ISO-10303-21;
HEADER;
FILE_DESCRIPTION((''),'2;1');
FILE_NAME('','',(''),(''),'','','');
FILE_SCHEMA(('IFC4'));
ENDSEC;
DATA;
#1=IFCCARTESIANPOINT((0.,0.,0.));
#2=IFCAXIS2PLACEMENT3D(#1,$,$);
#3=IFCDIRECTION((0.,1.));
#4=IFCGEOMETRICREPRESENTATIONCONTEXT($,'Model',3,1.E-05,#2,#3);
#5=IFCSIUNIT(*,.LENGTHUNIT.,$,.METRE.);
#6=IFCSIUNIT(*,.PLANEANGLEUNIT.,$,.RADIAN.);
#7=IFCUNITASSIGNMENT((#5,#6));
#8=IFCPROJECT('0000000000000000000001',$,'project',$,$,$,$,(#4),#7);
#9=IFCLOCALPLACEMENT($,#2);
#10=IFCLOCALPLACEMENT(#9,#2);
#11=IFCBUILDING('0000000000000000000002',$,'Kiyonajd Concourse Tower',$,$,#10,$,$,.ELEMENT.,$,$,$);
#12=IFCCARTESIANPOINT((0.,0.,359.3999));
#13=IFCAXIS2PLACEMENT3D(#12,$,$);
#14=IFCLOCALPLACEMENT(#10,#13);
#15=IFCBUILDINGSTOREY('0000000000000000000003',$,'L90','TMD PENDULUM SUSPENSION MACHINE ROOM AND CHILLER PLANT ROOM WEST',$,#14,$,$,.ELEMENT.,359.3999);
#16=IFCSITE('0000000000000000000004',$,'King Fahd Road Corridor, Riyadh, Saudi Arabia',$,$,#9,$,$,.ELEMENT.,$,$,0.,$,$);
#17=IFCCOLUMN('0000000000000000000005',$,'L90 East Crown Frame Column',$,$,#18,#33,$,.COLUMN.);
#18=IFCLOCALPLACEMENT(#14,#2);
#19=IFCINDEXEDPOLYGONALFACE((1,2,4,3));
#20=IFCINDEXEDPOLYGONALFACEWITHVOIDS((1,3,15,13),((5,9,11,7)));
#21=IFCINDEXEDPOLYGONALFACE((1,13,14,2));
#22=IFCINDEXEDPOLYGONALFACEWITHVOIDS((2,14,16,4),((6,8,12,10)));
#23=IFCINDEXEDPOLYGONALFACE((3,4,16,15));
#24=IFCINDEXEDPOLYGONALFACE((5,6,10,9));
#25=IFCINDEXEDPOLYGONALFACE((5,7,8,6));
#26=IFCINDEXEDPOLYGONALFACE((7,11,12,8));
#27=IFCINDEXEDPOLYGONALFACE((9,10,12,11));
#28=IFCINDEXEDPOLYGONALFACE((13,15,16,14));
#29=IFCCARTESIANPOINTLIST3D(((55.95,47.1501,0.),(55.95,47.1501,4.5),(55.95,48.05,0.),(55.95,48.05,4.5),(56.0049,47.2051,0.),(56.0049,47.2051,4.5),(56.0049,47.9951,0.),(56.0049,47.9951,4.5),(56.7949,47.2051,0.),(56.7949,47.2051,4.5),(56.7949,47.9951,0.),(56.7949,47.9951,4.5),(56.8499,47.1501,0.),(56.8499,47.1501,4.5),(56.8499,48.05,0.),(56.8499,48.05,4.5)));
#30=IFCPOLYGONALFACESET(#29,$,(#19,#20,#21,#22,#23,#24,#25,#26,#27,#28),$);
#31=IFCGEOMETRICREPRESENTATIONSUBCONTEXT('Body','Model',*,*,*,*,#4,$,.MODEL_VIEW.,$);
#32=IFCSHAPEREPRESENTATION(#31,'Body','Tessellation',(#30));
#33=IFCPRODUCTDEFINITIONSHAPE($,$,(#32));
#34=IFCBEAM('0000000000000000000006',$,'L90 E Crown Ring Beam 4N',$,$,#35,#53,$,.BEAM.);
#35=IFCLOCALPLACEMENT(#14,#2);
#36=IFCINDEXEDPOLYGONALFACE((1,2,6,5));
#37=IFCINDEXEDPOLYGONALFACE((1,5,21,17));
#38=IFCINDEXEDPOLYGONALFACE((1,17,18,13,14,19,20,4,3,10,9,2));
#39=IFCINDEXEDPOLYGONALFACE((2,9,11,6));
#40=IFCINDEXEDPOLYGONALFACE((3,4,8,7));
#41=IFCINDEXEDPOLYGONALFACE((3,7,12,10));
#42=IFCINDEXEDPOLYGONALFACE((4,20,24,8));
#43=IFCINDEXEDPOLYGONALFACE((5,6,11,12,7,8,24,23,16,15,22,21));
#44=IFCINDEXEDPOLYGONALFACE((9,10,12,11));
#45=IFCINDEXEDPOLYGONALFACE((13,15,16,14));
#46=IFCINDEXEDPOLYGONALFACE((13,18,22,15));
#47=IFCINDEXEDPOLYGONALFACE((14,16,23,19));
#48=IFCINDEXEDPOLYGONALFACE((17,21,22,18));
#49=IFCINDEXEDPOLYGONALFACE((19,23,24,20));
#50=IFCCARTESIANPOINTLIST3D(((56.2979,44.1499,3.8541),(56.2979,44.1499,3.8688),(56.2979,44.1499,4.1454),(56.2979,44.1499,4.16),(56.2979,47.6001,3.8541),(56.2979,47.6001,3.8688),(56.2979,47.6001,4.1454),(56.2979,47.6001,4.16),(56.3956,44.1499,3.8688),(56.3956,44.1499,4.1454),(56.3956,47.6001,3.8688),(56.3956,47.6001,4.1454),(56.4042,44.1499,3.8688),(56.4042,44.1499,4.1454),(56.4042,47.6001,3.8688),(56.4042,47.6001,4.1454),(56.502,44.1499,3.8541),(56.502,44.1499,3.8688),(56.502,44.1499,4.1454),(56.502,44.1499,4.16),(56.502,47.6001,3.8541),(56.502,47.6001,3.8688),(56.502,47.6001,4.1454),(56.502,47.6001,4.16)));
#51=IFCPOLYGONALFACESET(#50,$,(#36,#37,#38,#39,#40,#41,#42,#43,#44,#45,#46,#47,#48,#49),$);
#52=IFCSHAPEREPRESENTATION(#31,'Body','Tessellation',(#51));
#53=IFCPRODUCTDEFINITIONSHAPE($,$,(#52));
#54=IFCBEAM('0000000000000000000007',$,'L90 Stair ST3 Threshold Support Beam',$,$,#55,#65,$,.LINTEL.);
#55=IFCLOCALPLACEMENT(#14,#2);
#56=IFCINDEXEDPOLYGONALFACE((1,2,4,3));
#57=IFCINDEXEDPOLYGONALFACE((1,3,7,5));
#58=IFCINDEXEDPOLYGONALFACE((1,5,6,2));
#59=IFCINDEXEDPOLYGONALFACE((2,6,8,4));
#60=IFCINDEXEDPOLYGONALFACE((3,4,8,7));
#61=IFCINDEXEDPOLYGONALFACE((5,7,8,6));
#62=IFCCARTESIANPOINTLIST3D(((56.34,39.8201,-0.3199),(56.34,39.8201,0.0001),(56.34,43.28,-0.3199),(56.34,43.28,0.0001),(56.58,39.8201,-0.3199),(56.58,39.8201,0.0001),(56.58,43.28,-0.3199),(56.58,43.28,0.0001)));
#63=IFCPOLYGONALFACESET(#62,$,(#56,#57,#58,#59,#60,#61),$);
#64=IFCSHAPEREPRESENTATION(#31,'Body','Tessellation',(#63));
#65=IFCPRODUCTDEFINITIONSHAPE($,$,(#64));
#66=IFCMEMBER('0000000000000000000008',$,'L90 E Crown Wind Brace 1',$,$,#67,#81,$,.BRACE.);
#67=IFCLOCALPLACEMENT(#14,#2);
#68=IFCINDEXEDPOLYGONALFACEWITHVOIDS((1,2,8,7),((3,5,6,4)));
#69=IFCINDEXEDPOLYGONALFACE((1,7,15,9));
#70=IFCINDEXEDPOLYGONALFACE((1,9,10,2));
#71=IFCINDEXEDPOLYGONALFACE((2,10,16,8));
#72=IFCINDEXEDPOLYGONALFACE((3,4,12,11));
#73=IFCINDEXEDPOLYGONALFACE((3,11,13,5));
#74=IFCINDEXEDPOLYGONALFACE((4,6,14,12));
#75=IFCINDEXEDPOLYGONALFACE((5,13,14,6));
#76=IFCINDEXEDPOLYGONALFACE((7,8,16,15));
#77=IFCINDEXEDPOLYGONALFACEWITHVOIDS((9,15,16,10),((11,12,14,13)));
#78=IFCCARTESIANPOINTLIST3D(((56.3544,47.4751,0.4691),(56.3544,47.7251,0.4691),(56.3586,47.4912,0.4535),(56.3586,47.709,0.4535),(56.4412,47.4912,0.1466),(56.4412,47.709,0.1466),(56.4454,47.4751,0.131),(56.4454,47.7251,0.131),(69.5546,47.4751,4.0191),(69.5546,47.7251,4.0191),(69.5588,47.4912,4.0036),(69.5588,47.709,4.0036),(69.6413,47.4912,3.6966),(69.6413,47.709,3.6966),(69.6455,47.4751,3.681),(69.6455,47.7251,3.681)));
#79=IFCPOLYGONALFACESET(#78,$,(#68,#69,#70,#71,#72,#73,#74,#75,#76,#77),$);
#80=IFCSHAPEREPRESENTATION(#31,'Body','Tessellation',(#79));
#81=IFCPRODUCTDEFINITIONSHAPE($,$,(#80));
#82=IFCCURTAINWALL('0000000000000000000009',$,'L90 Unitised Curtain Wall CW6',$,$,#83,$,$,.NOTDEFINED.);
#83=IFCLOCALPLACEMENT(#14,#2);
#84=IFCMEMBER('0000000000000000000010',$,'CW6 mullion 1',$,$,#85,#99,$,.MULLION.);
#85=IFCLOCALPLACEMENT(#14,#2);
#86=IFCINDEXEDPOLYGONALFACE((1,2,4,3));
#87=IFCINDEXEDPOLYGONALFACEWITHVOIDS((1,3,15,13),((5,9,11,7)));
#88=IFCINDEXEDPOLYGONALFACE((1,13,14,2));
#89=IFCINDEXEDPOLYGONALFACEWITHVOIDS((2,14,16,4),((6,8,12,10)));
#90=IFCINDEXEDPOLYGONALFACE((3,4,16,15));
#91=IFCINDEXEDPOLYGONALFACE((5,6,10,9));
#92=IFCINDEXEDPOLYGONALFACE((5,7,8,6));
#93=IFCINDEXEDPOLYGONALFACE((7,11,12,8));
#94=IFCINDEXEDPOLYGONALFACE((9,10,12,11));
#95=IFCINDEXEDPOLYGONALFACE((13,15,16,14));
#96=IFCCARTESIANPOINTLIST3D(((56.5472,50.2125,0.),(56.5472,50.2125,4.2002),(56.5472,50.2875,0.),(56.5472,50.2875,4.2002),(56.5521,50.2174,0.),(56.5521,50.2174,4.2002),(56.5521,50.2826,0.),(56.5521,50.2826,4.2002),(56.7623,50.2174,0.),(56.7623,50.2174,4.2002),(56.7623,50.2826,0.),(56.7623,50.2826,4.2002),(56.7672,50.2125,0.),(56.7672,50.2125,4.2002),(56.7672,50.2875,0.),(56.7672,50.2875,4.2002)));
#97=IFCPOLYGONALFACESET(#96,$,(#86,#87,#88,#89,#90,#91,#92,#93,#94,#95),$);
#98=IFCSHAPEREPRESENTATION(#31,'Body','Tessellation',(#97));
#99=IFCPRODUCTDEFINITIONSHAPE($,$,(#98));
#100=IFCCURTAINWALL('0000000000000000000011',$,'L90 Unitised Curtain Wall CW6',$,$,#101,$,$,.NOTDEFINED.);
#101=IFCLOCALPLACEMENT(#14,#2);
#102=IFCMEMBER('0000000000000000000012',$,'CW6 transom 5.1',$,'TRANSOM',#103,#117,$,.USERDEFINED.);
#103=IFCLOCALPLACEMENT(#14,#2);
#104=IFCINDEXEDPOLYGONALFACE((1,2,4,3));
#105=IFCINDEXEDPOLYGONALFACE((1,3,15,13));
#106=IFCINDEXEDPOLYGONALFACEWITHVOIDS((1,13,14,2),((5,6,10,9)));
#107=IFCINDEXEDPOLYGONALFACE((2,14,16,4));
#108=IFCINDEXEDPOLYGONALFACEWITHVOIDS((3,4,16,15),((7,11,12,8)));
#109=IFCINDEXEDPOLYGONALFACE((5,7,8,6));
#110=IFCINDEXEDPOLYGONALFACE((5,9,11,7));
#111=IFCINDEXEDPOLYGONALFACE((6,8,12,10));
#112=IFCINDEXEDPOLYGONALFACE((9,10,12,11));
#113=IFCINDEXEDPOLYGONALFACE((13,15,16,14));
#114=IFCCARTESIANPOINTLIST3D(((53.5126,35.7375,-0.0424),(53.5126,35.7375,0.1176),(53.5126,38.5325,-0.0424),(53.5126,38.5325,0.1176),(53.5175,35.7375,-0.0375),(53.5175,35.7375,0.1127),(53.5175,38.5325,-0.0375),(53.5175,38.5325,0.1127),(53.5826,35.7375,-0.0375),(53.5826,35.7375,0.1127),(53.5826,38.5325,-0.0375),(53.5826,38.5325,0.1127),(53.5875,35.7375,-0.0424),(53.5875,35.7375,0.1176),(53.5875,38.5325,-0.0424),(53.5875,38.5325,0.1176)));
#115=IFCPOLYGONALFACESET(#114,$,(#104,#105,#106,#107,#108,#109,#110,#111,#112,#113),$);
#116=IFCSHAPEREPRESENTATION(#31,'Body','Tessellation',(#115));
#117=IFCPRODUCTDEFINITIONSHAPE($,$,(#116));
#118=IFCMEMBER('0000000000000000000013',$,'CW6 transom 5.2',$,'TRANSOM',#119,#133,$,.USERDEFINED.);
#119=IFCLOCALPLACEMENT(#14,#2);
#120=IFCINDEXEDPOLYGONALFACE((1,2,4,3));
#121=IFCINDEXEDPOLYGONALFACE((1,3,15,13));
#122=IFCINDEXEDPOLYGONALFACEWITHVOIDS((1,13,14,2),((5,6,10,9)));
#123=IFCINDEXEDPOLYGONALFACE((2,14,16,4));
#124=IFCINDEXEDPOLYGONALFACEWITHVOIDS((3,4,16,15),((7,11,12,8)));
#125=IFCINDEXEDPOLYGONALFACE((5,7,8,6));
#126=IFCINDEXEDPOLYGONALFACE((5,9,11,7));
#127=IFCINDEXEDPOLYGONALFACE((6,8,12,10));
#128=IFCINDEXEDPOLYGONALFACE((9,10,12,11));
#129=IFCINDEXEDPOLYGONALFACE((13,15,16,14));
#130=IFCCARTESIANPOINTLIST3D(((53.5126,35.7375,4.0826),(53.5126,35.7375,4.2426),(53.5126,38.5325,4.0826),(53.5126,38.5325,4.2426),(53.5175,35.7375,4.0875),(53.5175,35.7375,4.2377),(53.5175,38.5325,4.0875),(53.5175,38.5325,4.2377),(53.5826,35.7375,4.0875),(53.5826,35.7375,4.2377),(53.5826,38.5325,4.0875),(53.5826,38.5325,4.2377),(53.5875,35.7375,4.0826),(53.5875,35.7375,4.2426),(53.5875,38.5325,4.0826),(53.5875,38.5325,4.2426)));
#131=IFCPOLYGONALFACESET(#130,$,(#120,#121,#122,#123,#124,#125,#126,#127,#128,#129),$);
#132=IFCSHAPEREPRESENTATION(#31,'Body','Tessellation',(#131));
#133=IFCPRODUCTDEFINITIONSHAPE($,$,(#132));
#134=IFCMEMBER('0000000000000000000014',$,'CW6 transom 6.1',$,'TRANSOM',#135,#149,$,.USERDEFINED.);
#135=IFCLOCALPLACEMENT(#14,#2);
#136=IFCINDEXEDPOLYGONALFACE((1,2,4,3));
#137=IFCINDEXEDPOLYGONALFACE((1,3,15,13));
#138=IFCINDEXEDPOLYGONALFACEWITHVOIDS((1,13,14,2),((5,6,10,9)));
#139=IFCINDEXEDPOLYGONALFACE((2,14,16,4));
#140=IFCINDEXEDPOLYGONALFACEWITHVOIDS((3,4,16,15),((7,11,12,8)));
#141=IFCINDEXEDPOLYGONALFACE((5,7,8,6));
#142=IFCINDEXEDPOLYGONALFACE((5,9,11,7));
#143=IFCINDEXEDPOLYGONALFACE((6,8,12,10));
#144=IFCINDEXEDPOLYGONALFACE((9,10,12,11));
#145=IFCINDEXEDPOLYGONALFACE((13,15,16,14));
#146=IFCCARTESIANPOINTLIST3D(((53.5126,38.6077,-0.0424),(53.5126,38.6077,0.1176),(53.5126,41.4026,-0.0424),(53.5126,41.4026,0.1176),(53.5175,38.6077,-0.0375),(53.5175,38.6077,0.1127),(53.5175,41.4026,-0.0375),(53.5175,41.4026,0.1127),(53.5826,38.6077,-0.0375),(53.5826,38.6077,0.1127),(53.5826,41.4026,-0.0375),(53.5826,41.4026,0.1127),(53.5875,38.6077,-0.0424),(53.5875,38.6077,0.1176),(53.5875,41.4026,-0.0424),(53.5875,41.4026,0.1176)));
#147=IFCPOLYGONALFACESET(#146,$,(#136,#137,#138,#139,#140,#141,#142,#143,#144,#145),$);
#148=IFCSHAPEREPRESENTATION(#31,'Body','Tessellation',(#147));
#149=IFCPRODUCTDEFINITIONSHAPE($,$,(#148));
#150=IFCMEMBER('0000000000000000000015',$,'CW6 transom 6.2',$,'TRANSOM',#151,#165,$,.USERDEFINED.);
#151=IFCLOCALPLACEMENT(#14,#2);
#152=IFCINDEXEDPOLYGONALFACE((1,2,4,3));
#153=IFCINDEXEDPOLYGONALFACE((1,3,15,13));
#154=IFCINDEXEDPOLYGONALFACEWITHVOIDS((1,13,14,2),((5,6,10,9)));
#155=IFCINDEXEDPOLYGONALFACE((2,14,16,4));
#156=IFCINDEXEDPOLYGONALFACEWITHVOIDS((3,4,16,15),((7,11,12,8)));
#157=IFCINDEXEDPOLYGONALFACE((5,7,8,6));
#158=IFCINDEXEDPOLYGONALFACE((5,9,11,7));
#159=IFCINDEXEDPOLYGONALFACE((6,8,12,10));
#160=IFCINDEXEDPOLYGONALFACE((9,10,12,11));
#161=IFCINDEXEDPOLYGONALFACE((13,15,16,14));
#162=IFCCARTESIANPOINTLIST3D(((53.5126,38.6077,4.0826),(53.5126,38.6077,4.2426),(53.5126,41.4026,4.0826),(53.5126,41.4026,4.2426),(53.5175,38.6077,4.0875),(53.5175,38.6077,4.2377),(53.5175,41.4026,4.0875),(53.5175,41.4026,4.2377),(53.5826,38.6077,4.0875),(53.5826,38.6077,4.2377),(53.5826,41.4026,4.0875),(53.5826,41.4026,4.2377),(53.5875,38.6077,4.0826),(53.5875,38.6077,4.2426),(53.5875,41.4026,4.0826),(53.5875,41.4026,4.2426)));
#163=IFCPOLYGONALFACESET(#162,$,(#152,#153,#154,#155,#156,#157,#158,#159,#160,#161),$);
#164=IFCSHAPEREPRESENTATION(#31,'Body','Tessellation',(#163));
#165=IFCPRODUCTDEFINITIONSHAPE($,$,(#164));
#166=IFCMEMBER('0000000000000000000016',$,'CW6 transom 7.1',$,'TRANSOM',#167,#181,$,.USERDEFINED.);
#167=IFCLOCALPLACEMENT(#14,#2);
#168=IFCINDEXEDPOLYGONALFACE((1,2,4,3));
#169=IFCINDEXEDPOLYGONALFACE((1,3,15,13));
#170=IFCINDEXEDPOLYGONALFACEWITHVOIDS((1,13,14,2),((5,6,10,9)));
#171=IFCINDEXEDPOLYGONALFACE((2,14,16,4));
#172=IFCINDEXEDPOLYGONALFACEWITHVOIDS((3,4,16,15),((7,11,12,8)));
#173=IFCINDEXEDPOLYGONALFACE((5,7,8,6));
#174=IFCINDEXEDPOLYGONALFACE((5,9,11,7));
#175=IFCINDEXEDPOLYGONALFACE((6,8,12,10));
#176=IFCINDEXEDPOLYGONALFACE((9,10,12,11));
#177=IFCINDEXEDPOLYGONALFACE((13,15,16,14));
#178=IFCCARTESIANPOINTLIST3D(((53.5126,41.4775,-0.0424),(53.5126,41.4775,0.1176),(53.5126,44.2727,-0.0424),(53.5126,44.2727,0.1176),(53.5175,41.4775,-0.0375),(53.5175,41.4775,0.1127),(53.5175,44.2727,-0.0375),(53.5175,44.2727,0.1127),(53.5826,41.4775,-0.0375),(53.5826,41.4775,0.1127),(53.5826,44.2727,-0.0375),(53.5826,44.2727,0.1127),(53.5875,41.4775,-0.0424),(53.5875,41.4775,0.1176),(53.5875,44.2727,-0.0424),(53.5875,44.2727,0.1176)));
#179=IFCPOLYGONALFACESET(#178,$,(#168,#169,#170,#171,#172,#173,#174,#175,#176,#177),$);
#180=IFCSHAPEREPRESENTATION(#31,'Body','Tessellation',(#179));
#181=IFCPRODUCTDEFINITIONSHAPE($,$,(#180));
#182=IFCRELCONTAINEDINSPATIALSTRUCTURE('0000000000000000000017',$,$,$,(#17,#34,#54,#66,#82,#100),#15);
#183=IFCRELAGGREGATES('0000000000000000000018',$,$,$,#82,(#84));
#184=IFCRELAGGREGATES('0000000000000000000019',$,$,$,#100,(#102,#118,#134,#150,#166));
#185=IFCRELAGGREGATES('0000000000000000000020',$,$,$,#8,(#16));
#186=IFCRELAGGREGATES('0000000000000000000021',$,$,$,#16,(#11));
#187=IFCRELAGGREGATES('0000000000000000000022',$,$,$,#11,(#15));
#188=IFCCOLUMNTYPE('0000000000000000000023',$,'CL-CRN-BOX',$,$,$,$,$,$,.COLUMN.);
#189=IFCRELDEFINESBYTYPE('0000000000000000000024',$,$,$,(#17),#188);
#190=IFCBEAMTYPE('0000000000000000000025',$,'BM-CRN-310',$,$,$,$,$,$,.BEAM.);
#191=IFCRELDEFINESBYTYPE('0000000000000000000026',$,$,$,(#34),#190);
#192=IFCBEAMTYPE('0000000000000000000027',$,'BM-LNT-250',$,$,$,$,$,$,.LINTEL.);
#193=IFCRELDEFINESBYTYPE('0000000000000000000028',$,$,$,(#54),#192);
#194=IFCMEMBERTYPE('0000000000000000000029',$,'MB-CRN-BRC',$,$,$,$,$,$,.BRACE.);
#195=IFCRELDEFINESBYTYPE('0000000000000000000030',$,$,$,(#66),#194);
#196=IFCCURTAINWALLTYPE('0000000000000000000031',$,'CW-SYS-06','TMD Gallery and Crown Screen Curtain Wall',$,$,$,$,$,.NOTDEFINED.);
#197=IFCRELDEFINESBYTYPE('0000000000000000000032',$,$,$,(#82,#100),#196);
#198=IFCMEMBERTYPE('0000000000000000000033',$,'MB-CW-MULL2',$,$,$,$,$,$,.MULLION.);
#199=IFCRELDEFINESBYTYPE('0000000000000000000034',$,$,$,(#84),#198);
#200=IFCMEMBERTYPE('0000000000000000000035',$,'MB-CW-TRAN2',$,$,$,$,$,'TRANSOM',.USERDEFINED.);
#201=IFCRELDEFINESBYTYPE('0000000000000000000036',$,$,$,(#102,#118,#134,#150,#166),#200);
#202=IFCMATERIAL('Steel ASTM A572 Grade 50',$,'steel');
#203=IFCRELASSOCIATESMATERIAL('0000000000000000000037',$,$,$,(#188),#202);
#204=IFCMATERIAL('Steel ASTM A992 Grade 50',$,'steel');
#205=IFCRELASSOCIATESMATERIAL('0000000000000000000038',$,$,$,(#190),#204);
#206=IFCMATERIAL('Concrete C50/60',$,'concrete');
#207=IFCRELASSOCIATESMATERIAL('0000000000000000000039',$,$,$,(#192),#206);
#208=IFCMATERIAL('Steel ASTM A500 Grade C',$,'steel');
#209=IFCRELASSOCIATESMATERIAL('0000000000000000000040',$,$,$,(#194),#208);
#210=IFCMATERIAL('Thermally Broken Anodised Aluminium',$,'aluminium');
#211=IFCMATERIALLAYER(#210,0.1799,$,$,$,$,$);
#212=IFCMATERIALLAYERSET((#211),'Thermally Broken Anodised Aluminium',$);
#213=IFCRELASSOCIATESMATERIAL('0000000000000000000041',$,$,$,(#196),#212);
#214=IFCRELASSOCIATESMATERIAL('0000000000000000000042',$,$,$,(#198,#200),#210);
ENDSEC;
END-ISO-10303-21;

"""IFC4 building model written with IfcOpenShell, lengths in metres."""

from ifc_helpers import new_model, si_unit, direction, frame, origin, origin_2d, place, context, subcontext, project, spatial, rectangle, hollow_rectangle, i_section, extrude, material, layer, layer_set, material_profile, profile_set, type_object, element, aggregate, save


model = new_model("IFC4")

# Units and contexts
model_context = context("Model", 3, precision=1e-05, world=origin(), true_north=direction((0.0, 1.0)))
body_context = subcontext(model_context, "Body", "Model", "MODEL_VIEW")
ifc_project = project(units=[si_unit("LENGTHUNIT", "METRE"), si_unit("PLANEANGLEUNIT", "RADIAN")], contexts=[model_context])

# Site, building, storey
site_placement = place(None, origin())
site = spatial("IfcSite", under=ifc_project, at=site_placement, Name="King Fahd Road Corridor, Riyadh, Saudi Arabia", CompositionType="ELEMENT", RefElevation=0.0)
building_placement = place(site_placement, origin())
building = spatial("IfcBuilding", under=site, at=building_placement, Name="Kiyonajd Concourse Tower", CompositionType="ELEMENT")
storey_placement = place(building_placement, frame((0.0, 0.0, 359.3999)))
storey = spatial("IfcBuildingStorey", under=building, at=storey_placement, Name="L90", Description="TMD PENDULUM SUSPENSION MACHINE ROOM AND CHILLER PLANT ROOM WEST", CompositionType="ELEMENT", Elevation=359.3999)

# Column
ifc_material_1 = material(Name="Steel ASTM A572 Grade 50", Category="steel")
ifc_material_profile_1 = material_profile(ifc_material_1, hollow_rectangle(XDim=0.8999, YDim=0.8999, WallThickness=0.0549, at=origin_2d()), Name="BOX-900x900x55")
ifc_profile_set_1 = profile_set([ifc_material_profile_1], Name="Steel ASTM A572 Grade 50")
column_type = type_object("IfcColumnType", Name="CL-CRN-BOX", PredefinedType="COLUMN", material=ifc_profile_set_1)
column_placement = place(storey_placement, frame((56.3999, 47.6001, 0.0), z_axis=(0.0, 0.0, 1.0), x_axis=(1.0, 0.0, 0.0)))
element("IfcColumn", 1, at=column_placement, inside=storey, type_object=column_type, Name="L90 East Crown Frame Column", PredefinedType="COLUMN", context=body_context, shape_type="SweptSolid", body=[
    extrude(hollow_rectangle(XDim=0.8999, YDim=0.8999, WallThickness=0.0549, at=origin_2d()), origin(), (0.0, 0.0, 1.0), 4.5),
])

# Beams
ifc_material_2 = material(Name="Steel ASTM A992 Grade 50", Category="steel")
ifc_material_profile_2 = material_profile(ifc_material_2, i_section(OverallWidth=0.2041, OverallDepth=0.3059, WebThickness=0.0085, FlangeThickness=0.0146, at=origin_2d()), Name="W310X67")
ifc_profile_set_2 = profile_set([ifc_material_profile_2], Name="Steel ASTM A992 Grade 50")
beam_type_1 = type_object("IfcBeamType", Name="BM-CRN-310", PredefinedType="BEAM", material=ifc_profile_set_2)
beam_1_placement = place(storey_placement, frame((56.3999, 44.1499, 4.0071), z_axis=(0.0, 1.0, 0.0), x_axis=(-1.0, 0.0, 0.0)))
element("IfcBeam", 2, at=beam_1_placement, inside=storey, type_object=beam_type_1, Name="L90 E Crown Ring Beam 4N", PredefinedType="BEAM", context=body_context, shape_type="SweptSolid", body=[
    extrude(i_section(OverallWidth=0.2041, OverallDepth=0.3059, WebThickness=0.0085, FlangeThickness=0.0146, at=origin_2d()), origin(), (0.0, 0.0, 1.0), 3.4502),
])
ifc_material_3 = material(Name="Concrete C50/60", Category="concrete")
ifc_material_profile_3 = material_profile(ifc_material_3, rectangle(XDim=0.24, YDim=0.3201, at=origin_2d()), Name="RCBM-240x320")
ifc_profile_set_3 = profile_set([ifc_material_profile_3], Name="Concrete C50/60")
beam_type_2 = type_object("IfcBeamType", Name="BM-LNT-250", PredefinedType="LINTEL", material=ifc_profile_set_3)
beam_2_placement = place(storey_placement, frame((56.46, 39.8201, -0.1599), z_axis=(0.0, 1.0, 0.0), x_axis=(-1.0, 0.0, 0.0)))
element("IfcBeam", 3, at=beam_2_placement, inside=storey, type_object=beam_type_2, Name="L90 Stair ST3 Threshold Support Beam", PredefinedType="LINTEL", context=body_context, shape_type="SweptSolid", body=[
    extrude(rectangle(XDim=0.24, YDim=0.3201, at=origin_2d()), origin(), (0.0, 0.0, 1.0), 3.46),
])

# Member
ifc_material_4 = material(Name="Steel ASTM A500 Grade C", Category="steel")
ifc_material_profile_4 = material_profile(ifc_material_4, hollow_rectangle(XDim=0.25, YDim=0.3501, WallThickness=0.0161, at=origin_2d()), Name="HSS-350x250x16")
ifc_profile_set_4 = profile_set([ifc_material_profile_4], Name="Steel ASTM A500 Grade C")
member_type_1 = type_object("IfcMemberType", Name="MB-CRN-BRC", PredefinedType="BRACE", material=ifc_profile_set_4)
member_1_placement = place(storey_placement, frame((56.3999, 47.6001, 0.3), z_axis=(0.965686, 0.0, 0.259711), x_axis=(0.0, 1.0, 0.0)))
element("IfcMember", 4, at=member_1_placement, inside=storey, type_object=member_type_1, Name="L90 E Crown Wind Brace 1", PredefinedType="BRACE", context=body_context, shape_type="SweptSolid", body=[
    extrude(hollow_rectangle(XDim=0.25, YDim=0.3501, WallThickness=0.0161, at=origin_2d()), origin(), (0.0, 0.0, 1.0), 13.6692),
])

# Curtain wall, member
ifc_material_5 = material(Name="Thermally Broken Anodised Aluminium", Category="aluminium")
ifc_layer_1 = layer(ifc_material_5, 0.1799)
ifc_layer_set_1 = layer_set([ifc_layer_1], Name="Thermally Broken Anodised Aluminium")
curtain_wall_type = type_object("IfcCurtainWallType", Name="CW-SYS-06", Description="TMD Gallery and Crown Screen Curtain Wall", PredefinedType="NOTDEFINED", material=ifc_layer_set_1)
curtain_wall_1_placement = place(storey_placement, origin())
curtain_wall_1 = element("IfcCurtainWall", 5, at=curtain_wall_1_placement, inside=storey, type_object=curtain_wall_type, Name="L90 Unitised Curtain Wall CW6", PredefinedType="NOTDEFINED")
ifc_material_profile_5 = material_profile(ifc_material_5, hollow_rectangle(XDim=0.075, YDim=0.22, WallThickness=0.0049, at=origin_2d()), Name="MULL-75x220")
ifc_profile_set_5 = profile_set([ifc_material_profile_5], Name="Thermally Broken Anodised Aluminium")
member_type_2 = type_object("IfcMemberType", Name="MB-CW-MULL2", PredefinedType="MULLION", material=ifc_profile_set_5)
member_2_placement = place(storey_placement, frame((56.6572, 50.25, 0.0), z_axis=(0.0, 0.0, 1.0), x_axis=(0.0, 1.0, 0.0)))
member_2 = element("IfcMember", 6, at=member_2_placement, type_object=member_type_2, Name="CW6 mullion 1", PredefinedType="MULLION", context=body_context, shape_type="SweptSolid", body=[
    extrude(hollow_rectangle(XDim=0.075, YDim=0.22, WallThickness=0.0049, at=origin_2d()), origin(), (0.0, 0.0, 1.0), 4.2002),
])
aggregate(curtain_wall_1, [member_2])

# Curtain wall, members
curtain_wall_2_placement = place(storey_placement, origin())
curtain_wall_2 = element("IfcCurtainWall", 7, at=curtain_wall_2_placement, inside=storey, type_object=curtain_wall_type, Name="L90 Unitised Curtain Wall CW6", PredefinedType="NOTDEFINED")
ifc_material_profile_6 = material_profile(ifc_material_5, hollow_rectangle(XDim=0.075, YDim=0.1599, WallThickness=0.0049, at=origin_2d()), Name="TRAN-75x160")
ifc_profile_set_6 = profile_set([ifc_material_profile_6], Name="Thermally Broken Anodised Aluminium")
member_type_3 = type_object("IfcMemberType", Name="MB-CW-TRAN2", ElementType="TRANSOM", PredefinedType="USERDEFINED", material=ifc_profile_set_6)
member_3_placement = place(storey_placement, frame((53.55, 35.7375, 0.0376), z_axis=(0.0, 1.0, 0.0), x_axis=(-1.0, 0.0, 0.0)))
member_3 = element("IfcMember", 8, at=member_3_placement, type_object=member_type_3, Name="CW6 transom 5.1", ObjectType="TRANSOM", PredefinedType="USERDEFINED", context=body_context, shape_type="SweptSolid", body=[
    extrude(hollow_rectangle(XDim=0.075, YDim=0.1599, WallThickness=0.0049, at=origin_2d()), origin(), (0.0, 0.0, 1.0), 2.7949),
])
member_4_placement = place(storey_placement, frame((53.55, 35.7375, 4.1626), z_axis=(0.0, 1.0, 0.0), x_axis=(-1.0, 0.0, 0.0)))
member_4 = element("IfcMember", 9, at=member_4_placement, type_object=member_type_3, Name="CW6 transom 5.2", ObjectType="TRANSOM", PredefinedType="USERDEFINED", context=body_context, shape_type="SweptSolid", body=[
    extrude(hollow_rectangle(XDim=0.075, YDim=0.1599, WallThickness=0.0049, at=origin_2d()), origin(), (0.0, 0.0, 1.0), 2.7949),
])
member_5_placement = place(storey_placement, frame((53.55, 38.6077, 0.0376), z_axis=(0.0, 1.0, 0.0), x_axis=(-1.0, 0.0, 0.0)))
member_5 = element("IfcMember", 10, at=member_5_placement, type_object=member_type_3, Name="CW6 transom 6.1", ObjectType="TRANSOM", PredefinedType="USERDEFINED", context=body_context, shape_type="SweptSolid", body=[
    extrude(hollow_rectangle(XDim=0.075, YDim=0.1599, WallThickness=0.0049, at=origin_2d()), origin(), (0.0, 0.0, 1.0), 2.7949),
])
member_6_placement = place(storey_placement, frame((53.55, 38.6077, 4.1626), z_axis=(0.0, 1.0, 0.0), x_axis=(-1.0, 0.0, 0.0)))
member_6 = element("IfcMember", 11, at=member_6_placement, type_object=member_type_3, Name="CW6 transom 6.2", ObjectType="TRANSOM", PredefinedType="USERDEFINED", context=body_context, shape_type="SweptSolid", body=[
    extrude(hollow_rectangle(XDim=0.075, YDim=0.1599, WallThickness=0.0049, at=origin_2d()), origin(), (0.0, 0.0, 1.0), 2.7949),
])
member_7_placement = place(storey_placement, frame((53.55, 41.4775, 0.0376), z_axis=(0.0, 1.0, 0.0), x_axis=(-1.0, 0.0, 0.0)))
member_7 = element("IfcMember", 12, at=member_7_placement, type_object=member_type_3, Name="CW6 transom 7.1", ObjectType="TRANSOM", PredefinedType="USERDEFINED", context=body_context, shape_type="SweptSolid", body=[
    extrude(hollow_rectangle(XDim=0.075, YDim=0.1599, WallThickness=0.0049, at=origin_2d()), origin(), (0.0, 0.0, 1.0), 2.7952),
])

aggregate(curtain_wall_2, [member_3, member_4, member_5, member_6, member_7])

save(model, "model.ifc")
